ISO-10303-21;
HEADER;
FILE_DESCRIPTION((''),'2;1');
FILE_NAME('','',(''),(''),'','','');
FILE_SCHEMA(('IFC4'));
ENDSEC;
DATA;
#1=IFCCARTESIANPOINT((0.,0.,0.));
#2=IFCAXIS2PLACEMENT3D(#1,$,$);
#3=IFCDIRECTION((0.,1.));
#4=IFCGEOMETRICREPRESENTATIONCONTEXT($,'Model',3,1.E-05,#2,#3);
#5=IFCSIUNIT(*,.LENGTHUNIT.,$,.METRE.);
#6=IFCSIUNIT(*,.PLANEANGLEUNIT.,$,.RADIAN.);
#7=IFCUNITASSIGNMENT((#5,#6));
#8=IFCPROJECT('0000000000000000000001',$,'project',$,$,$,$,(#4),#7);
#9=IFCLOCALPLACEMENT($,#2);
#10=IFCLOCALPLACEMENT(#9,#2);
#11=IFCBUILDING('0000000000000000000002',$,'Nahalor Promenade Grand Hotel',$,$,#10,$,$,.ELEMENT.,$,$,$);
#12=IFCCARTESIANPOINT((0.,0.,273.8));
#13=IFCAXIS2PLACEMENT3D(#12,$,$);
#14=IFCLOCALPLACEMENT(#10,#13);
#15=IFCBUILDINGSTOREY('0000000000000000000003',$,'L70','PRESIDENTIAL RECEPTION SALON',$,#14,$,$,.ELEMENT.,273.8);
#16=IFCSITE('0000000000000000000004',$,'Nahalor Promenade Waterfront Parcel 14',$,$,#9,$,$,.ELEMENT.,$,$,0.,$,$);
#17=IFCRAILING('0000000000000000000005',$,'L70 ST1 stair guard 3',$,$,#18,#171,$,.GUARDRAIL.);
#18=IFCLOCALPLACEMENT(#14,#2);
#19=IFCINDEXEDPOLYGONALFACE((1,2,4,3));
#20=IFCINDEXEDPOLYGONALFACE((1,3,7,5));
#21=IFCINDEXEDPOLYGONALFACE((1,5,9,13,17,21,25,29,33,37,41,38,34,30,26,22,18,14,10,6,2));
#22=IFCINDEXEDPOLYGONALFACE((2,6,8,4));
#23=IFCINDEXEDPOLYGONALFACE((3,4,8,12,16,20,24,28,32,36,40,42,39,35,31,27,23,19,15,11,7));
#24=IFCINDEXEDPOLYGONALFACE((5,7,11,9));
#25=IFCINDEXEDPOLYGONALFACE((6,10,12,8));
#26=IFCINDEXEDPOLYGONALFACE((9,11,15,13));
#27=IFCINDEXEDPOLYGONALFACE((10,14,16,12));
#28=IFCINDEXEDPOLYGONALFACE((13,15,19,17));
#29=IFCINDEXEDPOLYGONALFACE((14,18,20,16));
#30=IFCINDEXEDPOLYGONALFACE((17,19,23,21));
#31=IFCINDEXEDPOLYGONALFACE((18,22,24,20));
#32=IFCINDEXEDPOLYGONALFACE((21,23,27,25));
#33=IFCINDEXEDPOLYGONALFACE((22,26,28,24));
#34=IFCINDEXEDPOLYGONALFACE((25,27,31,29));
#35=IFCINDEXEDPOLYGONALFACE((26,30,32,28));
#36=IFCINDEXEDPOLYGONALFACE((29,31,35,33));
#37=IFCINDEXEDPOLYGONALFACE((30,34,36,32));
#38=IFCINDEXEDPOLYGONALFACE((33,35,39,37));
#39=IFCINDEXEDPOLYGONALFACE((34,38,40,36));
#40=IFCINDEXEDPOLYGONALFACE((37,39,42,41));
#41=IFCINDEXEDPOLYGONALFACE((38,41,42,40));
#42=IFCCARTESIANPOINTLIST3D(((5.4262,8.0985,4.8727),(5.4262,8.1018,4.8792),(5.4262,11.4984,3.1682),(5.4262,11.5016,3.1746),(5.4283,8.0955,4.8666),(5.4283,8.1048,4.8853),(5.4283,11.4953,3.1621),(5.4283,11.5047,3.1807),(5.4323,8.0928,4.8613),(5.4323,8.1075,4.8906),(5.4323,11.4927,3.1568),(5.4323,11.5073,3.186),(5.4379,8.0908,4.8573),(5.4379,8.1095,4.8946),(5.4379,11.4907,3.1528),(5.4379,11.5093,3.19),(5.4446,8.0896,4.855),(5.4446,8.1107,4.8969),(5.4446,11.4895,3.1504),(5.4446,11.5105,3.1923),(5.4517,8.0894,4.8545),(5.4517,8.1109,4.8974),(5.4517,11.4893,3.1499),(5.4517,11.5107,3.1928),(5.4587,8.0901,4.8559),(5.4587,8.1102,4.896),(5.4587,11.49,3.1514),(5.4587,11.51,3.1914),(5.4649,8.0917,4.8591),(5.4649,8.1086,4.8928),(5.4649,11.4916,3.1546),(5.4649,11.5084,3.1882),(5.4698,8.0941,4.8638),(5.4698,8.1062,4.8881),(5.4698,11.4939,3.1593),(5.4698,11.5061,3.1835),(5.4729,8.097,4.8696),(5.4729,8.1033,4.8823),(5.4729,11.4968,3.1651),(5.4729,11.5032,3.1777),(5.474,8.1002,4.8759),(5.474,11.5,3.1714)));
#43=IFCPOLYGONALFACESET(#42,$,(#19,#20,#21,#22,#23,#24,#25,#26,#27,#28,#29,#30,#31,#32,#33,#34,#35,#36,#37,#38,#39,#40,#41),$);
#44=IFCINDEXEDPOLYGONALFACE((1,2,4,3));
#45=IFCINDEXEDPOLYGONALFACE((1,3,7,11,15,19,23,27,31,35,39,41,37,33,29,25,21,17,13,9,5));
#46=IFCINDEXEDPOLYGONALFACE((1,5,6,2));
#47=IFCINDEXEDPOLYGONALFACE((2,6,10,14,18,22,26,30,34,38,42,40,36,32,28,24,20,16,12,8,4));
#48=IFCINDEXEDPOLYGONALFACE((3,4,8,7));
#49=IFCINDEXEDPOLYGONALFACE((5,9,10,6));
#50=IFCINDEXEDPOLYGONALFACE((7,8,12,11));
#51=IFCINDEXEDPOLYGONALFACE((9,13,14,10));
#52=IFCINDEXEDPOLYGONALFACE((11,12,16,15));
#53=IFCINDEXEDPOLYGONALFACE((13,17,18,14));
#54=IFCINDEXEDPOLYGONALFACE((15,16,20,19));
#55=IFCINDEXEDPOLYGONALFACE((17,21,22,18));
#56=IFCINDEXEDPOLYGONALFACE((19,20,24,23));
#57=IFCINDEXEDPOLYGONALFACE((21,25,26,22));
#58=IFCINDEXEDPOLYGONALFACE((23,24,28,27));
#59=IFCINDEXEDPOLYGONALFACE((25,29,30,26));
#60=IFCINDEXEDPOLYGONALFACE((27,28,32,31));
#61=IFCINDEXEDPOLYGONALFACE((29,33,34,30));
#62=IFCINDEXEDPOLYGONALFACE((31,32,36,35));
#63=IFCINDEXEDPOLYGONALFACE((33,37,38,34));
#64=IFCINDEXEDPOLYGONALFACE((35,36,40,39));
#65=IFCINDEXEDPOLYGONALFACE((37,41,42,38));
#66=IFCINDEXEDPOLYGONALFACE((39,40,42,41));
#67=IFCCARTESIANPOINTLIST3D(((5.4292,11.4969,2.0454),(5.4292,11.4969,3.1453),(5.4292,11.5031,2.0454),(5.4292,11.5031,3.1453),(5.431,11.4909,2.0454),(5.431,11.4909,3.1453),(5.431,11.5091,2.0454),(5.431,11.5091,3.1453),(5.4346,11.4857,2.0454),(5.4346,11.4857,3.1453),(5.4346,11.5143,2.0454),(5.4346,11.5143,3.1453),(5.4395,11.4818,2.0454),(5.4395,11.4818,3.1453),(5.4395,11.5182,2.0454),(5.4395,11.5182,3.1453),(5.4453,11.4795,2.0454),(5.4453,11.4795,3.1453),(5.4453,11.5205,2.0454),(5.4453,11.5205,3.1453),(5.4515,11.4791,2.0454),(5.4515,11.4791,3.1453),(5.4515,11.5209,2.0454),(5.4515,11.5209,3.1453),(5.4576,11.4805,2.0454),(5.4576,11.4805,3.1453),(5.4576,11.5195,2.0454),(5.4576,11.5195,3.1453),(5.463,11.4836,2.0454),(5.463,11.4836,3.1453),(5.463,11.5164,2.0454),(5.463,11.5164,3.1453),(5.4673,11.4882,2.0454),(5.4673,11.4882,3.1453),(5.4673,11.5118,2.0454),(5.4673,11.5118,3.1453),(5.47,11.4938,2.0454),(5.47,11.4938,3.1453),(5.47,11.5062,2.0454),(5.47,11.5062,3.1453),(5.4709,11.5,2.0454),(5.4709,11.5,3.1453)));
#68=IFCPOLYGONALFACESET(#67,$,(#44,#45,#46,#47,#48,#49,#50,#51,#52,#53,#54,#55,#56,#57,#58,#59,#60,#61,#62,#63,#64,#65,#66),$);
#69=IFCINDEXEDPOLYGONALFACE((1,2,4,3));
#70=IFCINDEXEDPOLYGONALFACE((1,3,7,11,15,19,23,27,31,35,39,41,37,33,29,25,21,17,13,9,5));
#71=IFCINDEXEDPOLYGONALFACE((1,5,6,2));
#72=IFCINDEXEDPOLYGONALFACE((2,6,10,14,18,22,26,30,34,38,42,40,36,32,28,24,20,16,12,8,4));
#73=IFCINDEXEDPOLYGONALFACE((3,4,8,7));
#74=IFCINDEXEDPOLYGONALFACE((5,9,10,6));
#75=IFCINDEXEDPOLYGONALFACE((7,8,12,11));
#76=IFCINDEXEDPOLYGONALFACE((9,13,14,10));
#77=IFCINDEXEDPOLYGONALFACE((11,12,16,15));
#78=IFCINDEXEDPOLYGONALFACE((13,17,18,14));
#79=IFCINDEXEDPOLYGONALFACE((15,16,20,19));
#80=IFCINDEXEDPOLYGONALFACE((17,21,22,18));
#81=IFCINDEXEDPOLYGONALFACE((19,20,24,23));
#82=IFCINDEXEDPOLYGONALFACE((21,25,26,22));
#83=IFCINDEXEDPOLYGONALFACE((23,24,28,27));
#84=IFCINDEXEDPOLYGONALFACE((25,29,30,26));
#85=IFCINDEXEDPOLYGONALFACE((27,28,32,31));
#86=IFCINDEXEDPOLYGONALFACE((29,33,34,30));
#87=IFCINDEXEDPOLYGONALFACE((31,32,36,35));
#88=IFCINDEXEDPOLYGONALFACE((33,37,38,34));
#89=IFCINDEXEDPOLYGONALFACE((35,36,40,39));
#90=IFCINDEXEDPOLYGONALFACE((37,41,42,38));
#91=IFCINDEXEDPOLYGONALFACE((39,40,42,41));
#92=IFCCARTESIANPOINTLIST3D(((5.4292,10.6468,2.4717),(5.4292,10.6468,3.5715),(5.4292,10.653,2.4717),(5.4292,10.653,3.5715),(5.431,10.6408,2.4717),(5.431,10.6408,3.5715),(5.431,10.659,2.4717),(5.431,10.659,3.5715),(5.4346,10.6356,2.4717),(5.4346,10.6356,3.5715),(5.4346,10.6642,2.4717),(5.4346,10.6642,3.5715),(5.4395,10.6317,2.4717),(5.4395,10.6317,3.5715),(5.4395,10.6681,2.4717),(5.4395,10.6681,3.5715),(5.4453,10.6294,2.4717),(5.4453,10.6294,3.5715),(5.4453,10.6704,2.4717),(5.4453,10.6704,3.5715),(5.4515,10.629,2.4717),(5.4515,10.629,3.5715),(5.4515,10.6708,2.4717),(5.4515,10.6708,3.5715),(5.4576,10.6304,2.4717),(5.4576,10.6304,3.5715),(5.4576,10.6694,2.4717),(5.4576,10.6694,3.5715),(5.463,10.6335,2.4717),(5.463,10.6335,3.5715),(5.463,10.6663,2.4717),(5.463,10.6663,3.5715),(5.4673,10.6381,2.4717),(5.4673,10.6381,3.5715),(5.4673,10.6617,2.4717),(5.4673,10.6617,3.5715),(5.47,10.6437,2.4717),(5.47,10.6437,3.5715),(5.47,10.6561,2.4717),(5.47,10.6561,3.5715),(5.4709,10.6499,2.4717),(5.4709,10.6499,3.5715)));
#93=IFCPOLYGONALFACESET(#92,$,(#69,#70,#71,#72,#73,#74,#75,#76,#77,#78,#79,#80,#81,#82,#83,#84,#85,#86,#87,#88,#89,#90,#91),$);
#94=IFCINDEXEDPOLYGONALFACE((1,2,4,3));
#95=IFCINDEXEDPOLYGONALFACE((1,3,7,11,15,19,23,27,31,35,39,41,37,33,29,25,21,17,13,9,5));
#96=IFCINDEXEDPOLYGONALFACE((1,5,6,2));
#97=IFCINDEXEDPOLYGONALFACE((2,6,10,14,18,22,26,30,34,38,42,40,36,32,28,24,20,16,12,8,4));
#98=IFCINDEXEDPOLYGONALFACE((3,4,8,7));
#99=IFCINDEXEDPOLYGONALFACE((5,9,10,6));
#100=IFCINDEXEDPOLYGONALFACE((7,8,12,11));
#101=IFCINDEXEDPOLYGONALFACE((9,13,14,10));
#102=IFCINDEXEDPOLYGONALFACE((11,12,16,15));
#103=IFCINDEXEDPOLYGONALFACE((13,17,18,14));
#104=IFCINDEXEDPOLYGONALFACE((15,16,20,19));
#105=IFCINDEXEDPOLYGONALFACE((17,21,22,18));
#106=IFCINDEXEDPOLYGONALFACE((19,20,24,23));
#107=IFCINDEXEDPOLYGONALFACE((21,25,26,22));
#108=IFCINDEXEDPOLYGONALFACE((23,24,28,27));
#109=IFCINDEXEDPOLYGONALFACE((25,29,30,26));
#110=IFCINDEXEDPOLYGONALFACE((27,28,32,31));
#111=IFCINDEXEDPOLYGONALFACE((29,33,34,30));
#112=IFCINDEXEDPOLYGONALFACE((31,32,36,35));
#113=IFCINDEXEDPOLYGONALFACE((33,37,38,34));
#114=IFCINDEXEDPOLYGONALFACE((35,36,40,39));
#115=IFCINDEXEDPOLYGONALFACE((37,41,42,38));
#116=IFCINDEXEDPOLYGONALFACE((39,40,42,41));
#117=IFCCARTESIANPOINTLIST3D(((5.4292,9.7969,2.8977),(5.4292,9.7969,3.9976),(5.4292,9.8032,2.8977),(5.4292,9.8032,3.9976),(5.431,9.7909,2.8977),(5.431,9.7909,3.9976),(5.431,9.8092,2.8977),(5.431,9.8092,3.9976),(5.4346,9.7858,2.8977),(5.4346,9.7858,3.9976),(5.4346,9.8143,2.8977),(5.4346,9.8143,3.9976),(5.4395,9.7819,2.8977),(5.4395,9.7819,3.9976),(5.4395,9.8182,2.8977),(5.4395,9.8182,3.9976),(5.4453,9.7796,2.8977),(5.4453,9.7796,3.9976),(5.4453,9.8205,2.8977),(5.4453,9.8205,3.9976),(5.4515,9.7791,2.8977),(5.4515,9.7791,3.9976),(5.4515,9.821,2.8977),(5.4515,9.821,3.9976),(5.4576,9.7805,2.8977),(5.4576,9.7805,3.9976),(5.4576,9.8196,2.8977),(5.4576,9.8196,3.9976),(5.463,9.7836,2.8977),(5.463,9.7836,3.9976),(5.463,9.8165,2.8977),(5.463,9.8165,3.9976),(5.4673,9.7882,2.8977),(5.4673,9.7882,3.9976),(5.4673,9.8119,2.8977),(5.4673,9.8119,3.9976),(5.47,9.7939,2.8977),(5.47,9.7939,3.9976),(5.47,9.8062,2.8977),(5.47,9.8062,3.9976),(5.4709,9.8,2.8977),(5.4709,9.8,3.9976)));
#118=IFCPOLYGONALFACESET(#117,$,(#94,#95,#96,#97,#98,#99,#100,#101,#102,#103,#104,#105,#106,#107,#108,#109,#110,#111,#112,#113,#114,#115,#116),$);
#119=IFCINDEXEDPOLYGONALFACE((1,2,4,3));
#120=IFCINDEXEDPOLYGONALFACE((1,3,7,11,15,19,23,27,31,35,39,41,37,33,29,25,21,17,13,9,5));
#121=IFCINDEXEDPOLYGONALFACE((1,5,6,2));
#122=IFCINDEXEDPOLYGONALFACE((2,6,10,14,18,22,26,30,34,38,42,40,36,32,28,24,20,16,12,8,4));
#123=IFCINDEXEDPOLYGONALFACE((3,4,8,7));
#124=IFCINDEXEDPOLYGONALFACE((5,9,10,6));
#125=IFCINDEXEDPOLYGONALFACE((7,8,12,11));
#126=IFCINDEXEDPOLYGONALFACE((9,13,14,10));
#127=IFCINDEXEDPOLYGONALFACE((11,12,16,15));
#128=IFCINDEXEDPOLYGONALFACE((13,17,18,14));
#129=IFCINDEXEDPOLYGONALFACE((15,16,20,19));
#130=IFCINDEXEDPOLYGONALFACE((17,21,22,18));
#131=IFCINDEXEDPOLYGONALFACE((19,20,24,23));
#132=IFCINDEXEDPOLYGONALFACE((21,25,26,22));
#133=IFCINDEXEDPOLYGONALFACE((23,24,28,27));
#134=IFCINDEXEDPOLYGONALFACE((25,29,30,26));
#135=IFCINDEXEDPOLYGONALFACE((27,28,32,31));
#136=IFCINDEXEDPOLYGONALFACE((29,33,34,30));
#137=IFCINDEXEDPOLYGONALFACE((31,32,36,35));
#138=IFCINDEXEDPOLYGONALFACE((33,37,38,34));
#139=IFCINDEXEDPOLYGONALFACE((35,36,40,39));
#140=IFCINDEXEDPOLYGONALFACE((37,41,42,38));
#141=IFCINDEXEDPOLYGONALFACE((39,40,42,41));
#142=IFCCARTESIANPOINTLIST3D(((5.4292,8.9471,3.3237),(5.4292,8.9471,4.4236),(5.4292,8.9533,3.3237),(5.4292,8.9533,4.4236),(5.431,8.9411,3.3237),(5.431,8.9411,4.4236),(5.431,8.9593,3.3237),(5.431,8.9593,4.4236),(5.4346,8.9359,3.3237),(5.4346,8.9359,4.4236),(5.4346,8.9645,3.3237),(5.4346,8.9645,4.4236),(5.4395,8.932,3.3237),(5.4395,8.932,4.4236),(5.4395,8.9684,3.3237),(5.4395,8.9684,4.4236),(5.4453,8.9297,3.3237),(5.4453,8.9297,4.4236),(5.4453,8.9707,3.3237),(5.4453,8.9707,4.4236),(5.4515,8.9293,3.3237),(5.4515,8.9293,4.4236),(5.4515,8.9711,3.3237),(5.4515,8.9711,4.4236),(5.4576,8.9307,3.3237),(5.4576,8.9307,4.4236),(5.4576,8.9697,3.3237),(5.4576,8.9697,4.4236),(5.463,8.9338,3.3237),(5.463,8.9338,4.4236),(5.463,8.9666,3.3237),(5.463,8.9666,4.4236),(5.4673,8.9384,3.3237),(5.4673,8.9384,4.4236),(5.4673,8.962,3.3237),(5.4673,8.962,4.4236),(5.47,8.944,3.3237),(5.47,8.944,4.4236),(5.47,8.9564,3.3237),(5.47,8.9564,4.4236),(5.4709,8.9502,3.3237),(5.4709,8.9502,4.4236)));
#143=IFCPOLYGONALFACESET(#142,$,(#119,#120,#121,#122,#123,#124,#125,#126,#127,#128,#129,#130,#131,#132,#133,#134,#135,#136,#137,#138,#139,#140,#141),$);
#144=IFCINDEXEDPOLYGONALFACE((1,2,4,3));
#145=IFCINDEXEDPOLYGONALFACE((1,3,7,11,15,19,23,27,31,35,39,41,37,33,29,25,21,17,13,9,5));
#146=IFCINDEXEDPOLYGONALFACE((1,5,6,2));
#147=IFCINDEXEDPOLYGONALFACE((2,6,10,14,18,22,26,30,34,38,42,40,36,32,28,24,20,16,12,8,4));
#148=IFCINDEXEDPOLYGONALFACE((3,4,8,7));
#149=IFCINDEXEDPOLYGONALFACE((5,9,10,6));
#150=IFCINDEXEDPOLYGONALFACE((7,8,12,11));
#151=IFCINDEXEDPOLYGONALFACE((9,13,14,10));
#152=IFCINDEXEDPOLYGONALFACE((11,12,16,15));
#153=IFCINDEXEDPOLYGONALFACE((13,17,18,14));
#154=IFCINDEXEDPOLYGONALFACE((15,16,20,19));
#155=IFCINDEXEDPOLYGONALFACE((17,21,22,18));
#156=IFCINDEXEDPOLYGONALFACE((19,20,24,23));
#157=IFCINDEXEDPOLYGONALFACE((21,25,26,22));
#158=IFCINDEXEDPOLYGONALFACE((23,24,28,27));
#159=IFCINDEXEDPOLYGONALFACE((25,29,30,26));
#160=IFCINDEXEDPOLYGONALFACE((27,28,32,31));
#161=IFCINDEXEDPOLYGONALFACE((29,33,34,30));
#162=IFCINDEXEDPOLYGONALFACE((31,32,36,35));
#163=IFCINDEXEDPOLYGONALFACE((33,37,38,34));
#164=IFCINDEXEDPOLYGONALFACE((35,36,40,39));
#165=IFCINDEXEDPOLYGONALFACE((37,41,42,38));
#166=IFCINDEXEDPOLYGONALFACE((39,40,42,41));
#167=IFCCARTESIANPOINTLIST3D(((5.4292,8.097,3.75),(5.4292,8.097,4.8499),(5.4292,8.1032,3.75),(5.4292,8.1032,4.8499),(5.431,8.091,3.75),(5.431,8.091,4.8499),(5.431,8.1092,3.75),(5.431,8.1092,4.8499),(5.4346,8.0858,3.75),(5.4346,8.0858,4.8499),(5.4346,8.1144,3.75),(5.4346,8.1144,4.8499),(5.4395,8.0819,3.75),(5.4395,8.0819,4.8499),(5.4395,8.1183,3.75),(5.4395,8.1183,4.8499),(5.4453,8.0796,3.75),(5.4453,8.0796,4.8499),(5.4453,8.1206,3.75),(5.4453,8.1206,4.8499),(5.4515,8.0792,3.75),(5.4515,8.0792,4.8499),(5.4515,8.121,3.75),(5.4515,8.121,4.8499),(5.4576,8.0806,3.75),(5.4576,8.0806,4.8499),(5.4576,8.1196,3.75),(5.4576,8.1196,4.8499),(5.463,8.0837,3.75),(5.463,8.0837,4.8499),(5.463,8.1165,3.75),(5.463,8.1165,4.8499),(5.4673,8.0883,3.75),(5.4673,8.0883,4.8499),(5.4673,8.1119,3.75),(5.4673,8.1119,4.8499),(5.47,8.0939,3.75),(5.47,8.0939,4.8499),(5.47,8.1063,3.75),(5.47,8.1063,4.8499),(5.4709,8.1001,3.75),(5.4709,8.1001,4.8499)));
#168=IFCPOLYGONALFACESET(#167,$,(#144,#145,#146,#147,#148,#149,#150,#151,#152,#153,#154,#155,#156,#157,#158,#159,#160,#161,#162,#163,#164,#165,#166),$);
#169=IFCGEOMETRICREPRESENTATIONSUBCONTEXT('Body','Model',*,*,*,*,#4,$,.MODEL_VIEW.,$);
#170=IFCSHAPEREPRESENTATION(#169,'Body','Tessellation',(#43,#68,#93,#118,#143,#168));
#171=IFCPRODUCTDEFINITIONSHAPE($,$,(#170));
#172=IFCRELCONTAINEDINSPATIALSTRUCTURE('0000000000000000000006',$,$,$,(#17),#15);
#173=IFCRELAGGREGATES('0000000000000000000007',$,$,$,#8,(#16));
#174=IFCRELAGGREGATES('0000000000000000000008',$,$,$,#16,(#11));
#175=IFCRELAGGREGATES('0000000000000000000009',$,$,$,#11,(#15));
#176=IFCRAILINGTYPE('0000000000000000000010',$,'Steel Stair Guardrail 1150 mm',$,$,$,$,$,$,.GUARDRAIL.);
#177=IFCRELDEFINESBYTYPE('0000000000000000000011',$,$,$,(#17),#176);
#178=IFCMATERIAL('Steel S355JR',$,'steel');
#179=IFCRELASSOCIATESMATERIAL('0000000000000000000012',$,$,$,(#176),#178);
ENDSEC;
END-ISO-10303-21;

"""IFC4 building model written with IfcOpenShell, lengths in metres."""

from ifc_helpers import new_model, si_unit, direction, frame, origin, origin_2d, place, context, subcontext, project, spatial, circle, extrude, material, type_object, element, save


model = new_model("IFC4")

# Units and contexts
model_context = context("Model", 3, precision=1e-05, world=origin(), true_north=direction((0.0, 1.0)))
body_context = subcontext(model_context, "Body", "Model", "MODEL_VIEW")
ifc_project = project(units=[si_unit("LENGTHUNIT", "METRE"), si_unit("PLANEANGLEUNIT", "RADIAN")], contexts=[model_context])

# Site, building, storey
site_placement = place(None, origin())
site = spatial("IfcSite", under=ifc_project, at=site_placement, Name="Nahalor Promenade Waterfront Parcel 14", CompositionType="ELEMENT", RefElevation=0.0)
building_placement = place(site_placement, origin())
building = spatial("IfcBuilding", under=site, at=building_placement, Name="Nahalor Promenade Grand Hotel", CompositionType="ELEMENT")
storey_placement = place(building_placement, frame((0.0, 0.0, 273.8)))
storey = spatial("IfcBuildingStorey", under=building, at=storey_placement, Name="L70", Description="PRESIDENTIAL RECEPTION SALON", CompositionType="ELEMENT", Elevation=273.8)

# Shared definitions
ifc_material_1 = material(Name="Steel S355JR", Category="steel")

# Railing
railing_type_1 = type_object("IfcRailingType", Name="Steel Stair Guardrail 1150 mm", PredefinedType="GUARDRAIL", material=ifc_material_1)
railing_1_placement = place(storey_placement, frame((5.45, 11.5, 2.0454)))
element("IfcRailing", 1, at=railing_1_placement, inside=storey, type_object=railing_type_1, Name="L70 ST1 stair guard 3", PredefinedType="GUARDRAIL", context=body_context, shape_type="SweptSolid", body=[
    extrude(circle(Radius=0.024, at=origin_2d()), frame((0.0, 0.0, 1.126), z_axis=(0.0, -0.893939, 0.448189), x_axis=(1.0, 0.0, 0.0)), (0.0, 0.0, 1.0), 3.8032),
    extrude(circle(Radius=0.021, at=origin_2d()), origin(), (0.0, 0.0, 1.0), 1.0999),
    extrude(circle(Radius=0.021, at=origin_2d()), frame((0.0, -0.8501, 0.4263)), (0.0, 0.0, 1.0), 1.0999),
    extrude(circle(Radius=0.021, at=origin_2d()), frame((0.0, -1.7, 0.8523)), (0.0, 0.0, 1.0), 1.0999),
    extrude(circle(Radius=0.021, at=origin_2d()), frame((0.0, -2.5498, 1.2783)), (0.0, 0.0, 1.0), 1.0999),
    extrude(circle(Radius=0.021, at=origin_2d()), frame((0.0, -3.3999, 1.7046)), (0.0, 0.0, 1.0), 1.0999),
])

save(model, "model.ifc")
